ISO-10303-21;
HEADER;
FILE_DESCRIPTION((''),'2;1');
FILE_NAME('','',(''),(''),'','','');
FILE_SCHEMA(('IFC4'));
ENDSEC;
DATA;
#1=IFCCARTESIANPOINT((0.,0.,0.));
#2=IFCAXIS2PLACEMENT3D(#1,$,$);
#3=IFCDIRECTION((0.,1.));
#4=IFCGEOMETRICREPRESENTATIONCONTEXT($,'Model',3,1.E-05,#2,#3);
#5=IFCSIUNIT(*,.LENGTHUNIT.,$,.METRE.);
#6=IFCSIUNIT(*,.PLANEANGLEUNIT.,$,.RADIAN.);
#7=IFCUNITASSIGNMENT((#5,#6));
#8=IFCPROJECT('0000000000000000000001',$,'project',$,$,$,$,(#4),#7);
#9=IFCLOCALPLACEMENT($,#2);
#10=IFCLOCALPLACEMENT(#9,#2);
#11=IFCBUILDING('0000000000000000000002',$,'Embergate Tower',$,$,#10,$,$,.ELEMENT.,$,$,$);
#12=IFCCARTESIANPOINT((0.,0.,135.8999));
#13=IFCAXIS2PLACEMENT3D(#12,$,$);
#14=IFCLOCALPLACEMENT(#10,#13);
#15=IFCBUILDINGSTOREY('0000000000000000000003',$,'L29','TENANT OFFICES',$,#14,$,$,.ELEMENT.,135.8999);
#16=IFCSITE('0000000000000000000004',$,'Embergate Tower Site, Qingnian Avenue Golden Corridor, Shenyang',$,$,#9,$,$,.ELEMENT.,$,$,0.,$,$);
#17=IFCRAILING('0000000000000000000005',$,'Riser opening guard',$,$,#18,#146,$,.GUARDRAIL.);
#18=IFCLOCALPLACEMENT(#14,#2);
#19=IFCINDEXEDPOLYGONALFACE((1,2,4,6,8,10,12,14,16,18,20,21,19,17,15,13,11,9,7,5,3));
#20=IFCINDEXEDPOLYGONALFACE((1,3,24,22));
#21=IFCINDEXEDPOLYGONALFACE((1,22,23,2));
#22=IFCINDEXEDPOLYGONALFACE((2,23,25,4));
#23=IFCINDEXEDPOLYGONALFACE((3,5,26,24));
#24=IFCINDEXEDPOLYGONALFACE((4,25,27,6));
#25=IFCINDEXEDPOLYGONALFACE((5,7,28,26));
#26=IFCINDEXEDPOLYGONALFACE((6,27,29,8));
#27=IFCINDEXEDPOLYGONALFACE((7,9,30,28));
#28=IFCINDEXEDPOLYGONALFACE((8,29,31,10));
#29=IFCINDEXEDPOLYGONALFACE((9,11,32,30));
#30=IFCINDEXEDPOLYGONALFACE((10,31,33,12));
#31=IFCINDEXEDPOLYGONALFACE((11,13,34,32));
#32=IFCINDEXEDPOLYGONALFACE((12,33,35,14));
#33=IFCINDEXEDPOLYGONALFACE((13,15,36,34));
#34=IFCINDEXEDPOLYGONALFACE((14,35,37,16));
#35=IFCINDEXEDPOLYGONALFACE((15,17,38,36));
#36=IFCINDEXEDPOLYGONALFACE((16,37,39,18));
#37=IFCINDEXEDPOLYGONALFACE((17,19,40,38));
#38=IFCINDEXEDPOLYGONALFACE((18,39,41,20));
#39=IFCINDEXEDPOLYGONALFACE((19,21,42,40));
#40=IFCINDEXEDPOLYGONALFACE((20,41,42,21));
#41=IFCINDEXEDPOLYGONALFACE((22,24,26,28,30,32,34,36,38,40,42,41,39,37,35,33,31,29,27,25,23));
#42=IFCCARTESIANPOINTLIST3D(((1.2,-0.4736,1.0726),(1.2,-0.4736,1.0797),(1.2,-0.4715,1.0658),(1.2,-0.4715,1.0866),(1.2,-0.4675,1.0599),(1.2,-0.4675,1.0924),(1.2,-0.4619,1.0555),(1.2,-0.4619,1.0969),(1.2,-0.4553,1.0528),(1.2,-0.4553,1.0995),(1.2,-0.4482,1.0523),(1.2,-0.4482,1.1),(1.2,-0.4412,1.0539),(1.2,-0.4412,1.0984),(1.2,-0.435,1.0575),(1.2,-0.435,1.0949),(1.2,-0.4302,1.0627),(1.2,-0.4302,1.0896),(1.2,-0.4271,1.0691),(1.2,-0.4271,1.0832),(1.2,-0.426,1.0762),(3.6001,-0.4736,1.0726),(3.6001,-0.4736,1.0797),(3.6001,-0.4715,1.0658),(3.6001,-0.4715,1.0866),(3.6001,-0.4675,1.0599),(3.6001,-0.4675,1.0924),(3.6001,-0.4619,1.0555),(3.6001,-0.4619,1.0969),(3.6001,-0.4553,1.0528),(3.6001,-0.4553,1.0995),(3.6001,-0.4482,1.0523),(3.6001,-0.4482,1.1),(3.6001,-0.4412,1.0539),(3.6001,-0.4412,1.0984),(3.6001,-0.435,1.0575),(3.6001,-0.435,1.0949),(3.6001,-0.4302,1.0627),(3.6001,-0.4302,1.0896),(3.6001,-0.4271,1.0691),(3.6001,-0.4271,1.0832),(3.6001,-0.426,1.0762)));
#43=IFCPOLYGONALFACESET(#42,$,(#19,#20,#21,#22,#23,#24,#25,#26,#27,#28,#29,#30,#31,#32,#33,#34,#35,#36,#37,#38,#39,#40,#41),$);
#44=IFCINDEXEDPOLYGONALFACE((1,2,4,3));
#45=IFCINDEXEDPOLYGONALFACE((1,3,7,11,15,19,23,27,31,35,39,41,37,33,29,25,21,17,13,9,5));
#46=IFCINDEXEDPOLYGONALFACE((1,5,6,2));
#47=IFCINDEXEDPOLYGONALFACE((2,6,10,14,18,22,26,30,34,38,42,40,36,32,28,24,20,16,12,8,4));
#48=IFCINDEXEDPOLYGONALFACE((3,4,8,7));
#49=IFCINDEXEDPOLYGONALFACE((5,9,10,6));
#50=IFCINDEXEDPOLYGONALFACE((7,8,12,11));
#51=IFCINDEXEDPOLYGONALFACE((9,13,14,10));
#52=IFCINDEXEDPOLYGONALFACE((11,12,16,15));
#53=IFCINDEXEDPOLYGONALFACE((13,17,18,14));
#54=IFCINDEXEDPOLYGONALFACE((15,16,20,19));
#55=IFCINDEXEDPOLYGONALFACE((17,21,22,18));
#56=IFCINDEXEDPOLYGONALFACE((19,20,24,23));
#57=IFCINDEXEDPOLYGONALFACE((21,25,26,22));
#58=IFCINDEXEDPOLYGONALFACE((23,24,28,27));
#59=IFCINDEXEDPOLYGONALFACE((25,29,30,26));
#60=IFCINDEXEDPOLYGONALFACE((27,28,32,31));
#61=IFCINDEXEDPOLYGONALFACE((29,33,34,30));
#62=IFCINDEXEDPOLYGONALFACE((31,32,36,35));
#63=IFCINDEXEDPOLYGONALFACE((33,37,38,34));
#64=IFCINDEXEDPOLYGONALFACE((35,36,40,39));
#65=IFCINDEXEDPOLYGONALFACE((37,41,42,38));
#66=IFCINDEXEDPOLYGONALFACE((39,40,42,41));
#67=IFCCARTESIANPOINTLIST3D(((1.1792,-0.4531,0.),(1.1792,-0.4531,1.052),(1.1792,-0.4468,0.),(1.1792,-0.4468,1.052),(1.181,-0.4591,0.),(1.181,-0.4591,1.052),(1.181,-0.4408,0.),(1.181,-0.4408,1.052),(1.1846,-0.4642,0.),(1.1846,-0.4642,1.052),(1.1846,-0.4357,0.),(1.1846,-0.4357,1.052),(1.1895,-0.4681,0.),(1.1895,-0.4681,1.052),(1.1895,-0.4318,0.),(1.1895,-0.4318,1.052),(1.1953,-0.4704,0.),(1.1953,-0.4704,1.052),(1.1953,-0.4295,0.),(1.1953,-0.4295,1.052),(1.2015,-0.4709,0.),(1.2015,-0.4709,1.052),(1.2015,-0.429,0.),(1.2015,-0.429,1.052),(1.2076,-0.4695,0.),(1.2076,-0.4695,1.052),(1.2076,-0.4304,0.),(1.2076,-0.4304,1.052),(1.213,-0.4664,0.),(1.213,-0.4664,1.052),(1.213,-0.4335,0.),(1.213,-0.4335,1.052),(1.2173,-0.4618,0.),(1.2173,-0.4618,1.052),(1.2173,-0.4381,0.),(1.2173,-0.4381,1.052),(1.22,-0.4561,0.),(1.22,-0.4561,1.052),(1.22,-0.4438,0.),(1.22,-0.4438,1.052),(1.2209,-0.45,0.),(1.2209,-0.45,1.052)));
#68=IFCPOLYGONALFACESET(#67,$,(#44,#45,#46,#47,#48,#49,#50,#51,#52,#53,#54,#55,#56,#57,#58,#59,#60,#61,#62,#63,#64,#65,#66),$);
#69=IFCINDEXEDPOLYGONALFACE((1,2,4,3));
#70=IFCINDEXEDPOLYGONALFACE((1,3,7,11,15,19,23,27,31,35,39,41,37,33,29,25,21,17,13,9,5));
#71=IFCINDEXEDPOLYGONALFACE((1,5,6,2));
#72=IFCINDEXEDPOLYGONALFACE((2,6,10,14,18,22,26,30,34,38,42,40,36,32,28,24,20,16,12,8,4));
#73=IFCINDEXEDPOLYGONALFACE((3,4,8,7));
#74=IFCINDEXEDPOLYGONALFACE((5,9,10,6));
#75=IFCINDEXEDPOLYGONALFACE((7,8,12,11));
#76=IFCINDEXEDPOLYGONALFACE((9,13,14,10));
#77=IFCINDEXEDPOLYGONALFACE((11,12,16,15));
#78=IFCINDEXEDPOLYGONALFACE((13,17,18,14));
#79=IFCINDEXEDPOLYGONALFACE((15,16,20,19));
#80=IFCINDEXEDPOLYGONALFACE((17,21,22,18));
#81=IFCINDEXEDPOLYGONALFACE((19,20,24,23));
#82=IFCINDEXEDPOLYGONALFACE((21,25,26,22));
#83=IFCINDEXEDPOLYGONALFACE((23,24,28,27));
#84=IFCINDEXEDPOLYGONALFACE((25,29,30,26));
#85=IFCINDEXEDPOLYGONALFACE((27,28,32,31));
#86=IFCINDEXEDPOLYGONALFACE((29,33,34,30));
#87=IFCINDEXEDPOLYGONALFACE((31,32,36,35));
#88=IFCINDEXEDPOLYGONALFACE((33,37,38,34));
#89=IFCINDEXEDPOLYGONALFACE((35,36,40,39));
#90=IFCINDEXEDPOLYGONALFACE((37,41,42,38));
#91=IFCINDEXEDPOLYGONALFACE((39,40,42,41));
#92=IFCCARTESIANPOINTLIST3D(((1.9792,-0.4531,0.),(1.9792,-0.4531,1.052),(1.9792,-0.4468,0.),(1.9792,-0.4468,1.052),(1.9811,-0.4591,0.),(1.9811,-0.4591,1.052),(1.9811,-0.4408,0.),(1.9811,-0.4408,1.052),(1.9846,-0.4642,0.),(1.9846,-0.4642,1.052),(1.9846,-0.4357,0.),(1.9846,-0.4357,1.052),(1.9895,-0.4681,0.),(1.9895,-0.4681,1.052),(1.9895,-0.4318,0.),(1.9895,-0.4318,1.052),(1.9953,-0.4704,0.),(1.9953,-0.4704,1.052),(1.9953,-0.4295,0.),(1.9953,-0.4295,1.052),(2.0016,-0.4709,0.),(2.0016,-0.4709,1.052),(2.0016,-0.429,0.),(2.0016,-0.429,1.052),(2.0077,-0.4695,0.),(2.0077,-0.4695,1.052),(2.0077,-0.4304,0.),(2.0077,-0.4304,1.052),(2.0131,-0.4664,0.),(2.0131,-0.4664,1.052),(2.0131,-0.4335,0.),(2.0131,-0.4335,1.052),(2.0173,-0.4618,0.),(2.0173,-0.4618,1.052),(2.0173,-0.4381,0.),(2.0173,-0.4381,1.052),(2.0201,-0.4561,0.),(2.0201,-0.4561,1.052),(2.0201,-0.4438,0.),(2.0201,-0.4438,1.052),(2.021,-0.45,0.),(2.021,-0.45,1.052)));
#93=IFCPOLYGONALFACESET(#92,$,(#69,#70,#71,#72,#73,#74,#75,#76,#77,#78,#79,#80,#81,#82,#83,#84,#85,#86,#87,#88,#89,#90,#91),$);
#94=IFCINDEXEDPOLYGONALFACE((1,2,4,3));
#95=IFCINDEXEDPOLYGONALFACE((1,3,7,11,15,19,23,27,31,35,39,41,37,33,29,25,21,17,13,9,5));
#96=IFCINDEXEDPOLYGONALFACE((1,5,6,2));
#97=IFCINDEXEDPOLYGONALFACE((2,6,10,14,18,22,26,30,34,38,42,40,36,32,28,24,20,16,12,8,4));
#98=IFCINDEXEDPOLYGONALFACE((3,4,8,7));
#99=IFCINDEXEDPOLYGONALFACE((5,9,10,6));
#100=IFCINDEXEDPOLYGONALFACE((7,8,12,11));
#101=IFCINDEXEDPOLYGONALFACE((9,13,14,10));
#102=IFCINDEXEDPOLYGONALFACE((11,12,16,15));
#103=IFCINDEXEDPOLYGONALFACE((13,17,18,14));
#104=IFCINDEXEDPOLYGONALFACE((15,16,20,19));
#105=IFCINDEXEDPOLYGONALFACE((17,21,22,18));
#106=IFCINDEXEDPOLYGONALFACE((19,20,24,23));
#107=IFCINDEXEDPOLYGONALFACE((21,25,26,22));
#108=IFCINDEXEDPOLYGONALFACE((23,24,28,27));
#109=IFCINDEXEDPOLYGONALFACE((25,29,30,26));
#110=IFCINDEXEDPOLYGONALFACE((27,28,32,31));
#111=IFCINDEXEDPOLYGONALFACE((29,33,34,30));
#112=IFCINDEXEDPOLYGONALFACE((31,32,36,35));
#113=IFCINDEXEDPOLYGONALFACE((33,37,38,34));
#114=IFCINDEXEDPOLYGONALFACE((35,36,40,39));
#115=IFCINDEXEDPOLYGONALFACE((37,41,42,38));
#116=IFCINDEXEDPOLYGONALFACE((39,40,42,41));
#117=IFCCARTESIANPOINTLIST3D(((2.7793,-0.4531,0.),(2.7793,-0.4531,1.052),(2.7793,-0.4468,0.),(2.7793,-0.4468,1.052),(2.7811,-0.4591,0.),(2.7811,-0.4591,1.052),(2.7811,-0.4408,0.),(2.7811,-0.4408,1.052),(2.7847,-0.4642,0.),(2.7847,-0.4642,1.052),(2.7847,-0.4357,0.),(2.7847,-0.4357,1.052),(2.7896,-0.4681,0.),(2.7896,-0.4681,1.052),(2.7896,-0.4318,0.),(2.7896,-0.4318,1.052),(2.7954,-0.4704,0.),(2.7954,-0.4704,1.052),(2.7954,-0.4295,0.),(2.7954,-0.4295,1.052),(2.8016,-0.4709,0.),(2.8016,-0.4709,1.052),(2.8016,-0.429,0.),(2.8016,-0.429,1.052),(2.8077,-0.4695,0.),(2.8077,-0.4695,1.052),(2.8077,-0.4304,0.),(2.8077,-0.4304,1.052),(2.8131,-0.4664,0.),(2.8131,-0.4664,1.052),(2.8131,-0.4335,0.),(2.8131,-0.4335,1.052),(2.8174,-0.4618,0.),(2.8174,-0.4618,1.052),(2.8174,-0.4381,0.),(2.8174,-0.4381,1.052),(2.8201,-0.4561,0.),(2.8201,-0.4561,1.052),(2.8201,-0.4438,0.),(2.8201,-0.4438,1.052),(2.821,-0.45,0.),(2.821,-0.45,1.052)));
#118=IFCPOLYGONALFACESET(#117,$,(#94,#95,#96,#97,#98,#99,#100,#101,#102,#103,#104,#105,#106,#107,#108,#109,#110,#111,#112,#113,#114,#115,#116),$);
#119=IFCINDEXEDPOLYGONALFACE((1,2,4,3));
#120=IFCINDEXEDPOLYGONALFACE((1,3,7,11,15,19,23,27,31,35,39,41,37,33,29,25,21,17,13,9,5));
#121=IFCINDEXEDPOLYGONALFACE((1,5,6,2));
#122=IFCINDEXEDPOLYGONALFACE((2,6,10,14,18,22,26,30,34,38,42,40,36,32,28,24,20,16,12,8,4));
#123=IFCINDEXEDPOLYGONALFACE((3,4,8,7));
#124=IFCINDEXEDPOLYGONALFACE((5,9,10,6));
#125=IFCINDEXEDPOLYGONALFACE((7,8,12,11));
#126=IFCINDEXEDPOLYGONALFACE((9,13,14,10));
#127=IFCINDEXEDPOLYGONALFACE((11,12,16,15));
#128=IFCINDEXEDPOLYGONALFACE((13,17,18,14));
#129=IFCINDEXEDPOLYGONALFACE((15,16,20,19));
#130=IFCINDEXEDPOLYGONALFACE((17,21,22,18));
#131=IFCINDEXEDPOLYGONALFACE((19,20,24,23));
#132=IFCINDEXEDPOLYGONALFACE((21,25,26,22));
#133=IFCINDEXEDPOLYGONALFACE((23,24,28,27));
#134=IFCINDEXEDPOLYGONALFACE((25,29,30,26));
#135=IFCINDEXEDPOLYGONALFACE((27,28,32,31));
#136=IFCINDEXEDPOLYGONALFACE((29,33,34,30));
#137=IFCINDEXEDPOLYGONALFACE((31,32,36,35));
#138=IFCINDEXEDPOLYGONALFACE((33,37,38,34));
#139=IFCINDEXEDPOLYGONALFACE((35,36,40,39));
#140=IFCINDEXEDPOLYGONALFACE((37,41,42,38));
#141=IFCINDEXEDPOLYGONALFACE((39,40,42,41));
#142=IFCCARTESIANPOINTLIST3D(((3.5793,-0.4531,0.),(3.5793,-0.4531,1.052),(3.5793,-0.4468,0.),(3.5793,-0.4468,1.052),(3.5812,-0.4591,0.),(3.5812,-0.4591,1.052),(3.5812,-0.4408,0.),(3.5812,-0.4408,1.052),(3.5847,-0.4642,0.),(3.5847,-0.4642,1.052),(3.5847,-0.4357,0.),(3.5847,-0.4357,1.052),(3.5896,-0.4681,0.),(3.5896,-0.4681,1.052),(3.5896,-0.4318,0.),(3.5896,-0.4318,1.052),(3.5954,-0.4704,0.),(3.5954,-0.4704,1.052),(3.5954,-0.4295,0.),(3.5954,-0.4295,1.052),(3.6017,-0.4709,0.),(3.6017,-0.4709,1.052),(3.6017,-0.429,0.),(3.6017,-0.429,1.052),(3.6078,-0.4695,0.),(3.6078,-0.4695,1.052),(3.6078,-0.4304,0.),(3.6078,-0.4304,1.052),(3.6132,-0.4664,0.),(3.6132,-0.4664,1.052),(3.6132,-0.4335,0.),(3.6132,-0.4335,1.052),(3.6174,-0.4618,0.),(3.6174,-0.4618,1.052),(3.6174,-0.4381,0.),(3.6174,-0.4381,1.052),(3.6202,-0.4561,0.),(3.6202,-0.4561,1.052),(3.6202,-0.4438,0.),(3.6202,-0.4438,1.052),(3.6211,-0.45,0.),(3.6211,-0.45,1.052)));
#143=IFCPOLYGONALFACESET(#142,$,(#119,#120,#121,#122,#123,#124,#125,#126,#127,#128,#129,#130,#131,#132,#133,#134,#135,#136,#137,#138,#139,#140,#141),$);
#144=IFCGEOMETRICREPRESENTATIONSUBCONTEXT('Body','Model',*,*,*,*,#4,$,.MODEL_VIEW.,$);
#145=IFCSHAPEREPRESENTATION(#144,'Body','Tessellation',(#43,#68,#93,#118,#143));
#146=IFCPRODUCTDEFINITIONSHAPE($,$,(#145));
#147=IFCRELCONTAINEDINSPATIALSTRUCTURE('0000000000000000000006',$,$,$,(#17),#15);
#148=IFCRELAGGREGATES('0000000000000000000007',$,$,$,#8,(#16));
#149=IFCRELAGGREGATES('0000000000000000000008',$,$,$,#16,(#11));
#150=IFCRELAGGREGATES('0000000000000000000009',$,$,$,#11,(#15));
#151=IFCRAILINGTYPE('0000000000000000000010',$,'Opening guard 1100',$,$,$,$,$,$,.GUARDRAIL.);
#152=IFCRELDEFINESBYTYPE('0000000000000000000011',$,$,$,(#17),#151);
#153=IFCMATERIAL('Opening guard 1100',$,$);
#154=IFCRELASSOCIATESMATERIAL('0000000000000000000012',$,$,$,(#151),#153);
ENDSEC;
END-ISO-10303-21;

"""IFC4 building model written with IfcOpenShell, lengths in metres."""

from ifc_helpers import new_model, si_unit, direction, frame, origin, origin_2d, place, context, subcontext, project, spatial, circle, extrude, source, transform, mapped, material, type_object, element, save


model = new_model("IFC4")

# Units and contexts
model_context = context("Model", 3, precision=1e-05, world=origin(), true_north=direction((0.0, 1.0)))
body_context = subcontext(model_context, "Body", "Model", "MODEL_VIEW")
ifc_project = project(units=[si_unit("LENGTHUNIT", "METRE"), si_unit("PLANEANGLEUNIT", "RADIAN")], contexts=[model_context])

# Site, building, storey
site_placement = place(None, origin())
site = spatial("IfcSite", under=ifc_project, at=site_placement, Name="Embergate Tower Site, Qingnian Avenue Golden Corridor, Shenyang", CompositionType="ELEMENT", RefElevation=0.0)
building_placement = place(site_placement, origin())
building = spatial("IfcBuilding", under=site, at=building_placement, Name="Embergate Tower", CompositionType="ELEMENT")
storey_placement = place(building_placement, frame((0.0, 0.0, 135.8999)))
storey = spatial("IfcBuildingStorey", under=building, at=storey_placement, Name="L29", Description="TENANT OFFICES", CompositionType="ELEMENT", Elevation=135.8999)

# Railing
ifc_material_1 = material(Name="Opening guard 1100")
railing_type_1 = type_object("IfcRailingType", Name="Opening guard 1100", PredefinedType="GUARDRAIL", material=ifc_material_1)
shared_shape_1 = source(origin(), body_context, "Body", "SweptSolid", [
    extrude(circle(Radius=0.0239, at=origin_2d()), frame((0.0, 0.0, 1.0762), z_axis=(1.0, 0.0, 0.0), x_axis=(0.0, 1.0, 0.0)), (0.0, 0.0, 1.0), 2.4001),
    extrude(circle(Radius=0.021, at=origin_2d()), origin(), (0.0, 0.0, 1.0), 1.052),
    extrude(circle(Radius=0.021, at=origin_2d()), frame((0.8, 0.0, 0.0)), (0.0, 0.0, 1.0), 1.052),
    extrude(circle(Radius=0.021, at=origin_2d()), frame((1.6001, 0.0, 0.0)), (0.0, 0.0, 1.0), 1.052),
    extrude(circle(Radius=0.021, at=origin_2d()), frame((2.4001, 0.0, 0.0)), (0.0, 0.0, 1.0), 1.052),
])
railing_1_placement = place(storey_placement, frame((1.2, -0.45, 0.0)))
element("IfcRailing", 1, at=railing_1_placement, inside=storey, type_object=railing_type_1, Name="Riser opening guard", PredefinedType="GUARDRAIL", context=body_context, shape_type="MappedRepresentation", body=[
    mapped(shared_shape_1, transform((0.0, 0.0, 0.0))),
])

save(model, "model.ifc")
